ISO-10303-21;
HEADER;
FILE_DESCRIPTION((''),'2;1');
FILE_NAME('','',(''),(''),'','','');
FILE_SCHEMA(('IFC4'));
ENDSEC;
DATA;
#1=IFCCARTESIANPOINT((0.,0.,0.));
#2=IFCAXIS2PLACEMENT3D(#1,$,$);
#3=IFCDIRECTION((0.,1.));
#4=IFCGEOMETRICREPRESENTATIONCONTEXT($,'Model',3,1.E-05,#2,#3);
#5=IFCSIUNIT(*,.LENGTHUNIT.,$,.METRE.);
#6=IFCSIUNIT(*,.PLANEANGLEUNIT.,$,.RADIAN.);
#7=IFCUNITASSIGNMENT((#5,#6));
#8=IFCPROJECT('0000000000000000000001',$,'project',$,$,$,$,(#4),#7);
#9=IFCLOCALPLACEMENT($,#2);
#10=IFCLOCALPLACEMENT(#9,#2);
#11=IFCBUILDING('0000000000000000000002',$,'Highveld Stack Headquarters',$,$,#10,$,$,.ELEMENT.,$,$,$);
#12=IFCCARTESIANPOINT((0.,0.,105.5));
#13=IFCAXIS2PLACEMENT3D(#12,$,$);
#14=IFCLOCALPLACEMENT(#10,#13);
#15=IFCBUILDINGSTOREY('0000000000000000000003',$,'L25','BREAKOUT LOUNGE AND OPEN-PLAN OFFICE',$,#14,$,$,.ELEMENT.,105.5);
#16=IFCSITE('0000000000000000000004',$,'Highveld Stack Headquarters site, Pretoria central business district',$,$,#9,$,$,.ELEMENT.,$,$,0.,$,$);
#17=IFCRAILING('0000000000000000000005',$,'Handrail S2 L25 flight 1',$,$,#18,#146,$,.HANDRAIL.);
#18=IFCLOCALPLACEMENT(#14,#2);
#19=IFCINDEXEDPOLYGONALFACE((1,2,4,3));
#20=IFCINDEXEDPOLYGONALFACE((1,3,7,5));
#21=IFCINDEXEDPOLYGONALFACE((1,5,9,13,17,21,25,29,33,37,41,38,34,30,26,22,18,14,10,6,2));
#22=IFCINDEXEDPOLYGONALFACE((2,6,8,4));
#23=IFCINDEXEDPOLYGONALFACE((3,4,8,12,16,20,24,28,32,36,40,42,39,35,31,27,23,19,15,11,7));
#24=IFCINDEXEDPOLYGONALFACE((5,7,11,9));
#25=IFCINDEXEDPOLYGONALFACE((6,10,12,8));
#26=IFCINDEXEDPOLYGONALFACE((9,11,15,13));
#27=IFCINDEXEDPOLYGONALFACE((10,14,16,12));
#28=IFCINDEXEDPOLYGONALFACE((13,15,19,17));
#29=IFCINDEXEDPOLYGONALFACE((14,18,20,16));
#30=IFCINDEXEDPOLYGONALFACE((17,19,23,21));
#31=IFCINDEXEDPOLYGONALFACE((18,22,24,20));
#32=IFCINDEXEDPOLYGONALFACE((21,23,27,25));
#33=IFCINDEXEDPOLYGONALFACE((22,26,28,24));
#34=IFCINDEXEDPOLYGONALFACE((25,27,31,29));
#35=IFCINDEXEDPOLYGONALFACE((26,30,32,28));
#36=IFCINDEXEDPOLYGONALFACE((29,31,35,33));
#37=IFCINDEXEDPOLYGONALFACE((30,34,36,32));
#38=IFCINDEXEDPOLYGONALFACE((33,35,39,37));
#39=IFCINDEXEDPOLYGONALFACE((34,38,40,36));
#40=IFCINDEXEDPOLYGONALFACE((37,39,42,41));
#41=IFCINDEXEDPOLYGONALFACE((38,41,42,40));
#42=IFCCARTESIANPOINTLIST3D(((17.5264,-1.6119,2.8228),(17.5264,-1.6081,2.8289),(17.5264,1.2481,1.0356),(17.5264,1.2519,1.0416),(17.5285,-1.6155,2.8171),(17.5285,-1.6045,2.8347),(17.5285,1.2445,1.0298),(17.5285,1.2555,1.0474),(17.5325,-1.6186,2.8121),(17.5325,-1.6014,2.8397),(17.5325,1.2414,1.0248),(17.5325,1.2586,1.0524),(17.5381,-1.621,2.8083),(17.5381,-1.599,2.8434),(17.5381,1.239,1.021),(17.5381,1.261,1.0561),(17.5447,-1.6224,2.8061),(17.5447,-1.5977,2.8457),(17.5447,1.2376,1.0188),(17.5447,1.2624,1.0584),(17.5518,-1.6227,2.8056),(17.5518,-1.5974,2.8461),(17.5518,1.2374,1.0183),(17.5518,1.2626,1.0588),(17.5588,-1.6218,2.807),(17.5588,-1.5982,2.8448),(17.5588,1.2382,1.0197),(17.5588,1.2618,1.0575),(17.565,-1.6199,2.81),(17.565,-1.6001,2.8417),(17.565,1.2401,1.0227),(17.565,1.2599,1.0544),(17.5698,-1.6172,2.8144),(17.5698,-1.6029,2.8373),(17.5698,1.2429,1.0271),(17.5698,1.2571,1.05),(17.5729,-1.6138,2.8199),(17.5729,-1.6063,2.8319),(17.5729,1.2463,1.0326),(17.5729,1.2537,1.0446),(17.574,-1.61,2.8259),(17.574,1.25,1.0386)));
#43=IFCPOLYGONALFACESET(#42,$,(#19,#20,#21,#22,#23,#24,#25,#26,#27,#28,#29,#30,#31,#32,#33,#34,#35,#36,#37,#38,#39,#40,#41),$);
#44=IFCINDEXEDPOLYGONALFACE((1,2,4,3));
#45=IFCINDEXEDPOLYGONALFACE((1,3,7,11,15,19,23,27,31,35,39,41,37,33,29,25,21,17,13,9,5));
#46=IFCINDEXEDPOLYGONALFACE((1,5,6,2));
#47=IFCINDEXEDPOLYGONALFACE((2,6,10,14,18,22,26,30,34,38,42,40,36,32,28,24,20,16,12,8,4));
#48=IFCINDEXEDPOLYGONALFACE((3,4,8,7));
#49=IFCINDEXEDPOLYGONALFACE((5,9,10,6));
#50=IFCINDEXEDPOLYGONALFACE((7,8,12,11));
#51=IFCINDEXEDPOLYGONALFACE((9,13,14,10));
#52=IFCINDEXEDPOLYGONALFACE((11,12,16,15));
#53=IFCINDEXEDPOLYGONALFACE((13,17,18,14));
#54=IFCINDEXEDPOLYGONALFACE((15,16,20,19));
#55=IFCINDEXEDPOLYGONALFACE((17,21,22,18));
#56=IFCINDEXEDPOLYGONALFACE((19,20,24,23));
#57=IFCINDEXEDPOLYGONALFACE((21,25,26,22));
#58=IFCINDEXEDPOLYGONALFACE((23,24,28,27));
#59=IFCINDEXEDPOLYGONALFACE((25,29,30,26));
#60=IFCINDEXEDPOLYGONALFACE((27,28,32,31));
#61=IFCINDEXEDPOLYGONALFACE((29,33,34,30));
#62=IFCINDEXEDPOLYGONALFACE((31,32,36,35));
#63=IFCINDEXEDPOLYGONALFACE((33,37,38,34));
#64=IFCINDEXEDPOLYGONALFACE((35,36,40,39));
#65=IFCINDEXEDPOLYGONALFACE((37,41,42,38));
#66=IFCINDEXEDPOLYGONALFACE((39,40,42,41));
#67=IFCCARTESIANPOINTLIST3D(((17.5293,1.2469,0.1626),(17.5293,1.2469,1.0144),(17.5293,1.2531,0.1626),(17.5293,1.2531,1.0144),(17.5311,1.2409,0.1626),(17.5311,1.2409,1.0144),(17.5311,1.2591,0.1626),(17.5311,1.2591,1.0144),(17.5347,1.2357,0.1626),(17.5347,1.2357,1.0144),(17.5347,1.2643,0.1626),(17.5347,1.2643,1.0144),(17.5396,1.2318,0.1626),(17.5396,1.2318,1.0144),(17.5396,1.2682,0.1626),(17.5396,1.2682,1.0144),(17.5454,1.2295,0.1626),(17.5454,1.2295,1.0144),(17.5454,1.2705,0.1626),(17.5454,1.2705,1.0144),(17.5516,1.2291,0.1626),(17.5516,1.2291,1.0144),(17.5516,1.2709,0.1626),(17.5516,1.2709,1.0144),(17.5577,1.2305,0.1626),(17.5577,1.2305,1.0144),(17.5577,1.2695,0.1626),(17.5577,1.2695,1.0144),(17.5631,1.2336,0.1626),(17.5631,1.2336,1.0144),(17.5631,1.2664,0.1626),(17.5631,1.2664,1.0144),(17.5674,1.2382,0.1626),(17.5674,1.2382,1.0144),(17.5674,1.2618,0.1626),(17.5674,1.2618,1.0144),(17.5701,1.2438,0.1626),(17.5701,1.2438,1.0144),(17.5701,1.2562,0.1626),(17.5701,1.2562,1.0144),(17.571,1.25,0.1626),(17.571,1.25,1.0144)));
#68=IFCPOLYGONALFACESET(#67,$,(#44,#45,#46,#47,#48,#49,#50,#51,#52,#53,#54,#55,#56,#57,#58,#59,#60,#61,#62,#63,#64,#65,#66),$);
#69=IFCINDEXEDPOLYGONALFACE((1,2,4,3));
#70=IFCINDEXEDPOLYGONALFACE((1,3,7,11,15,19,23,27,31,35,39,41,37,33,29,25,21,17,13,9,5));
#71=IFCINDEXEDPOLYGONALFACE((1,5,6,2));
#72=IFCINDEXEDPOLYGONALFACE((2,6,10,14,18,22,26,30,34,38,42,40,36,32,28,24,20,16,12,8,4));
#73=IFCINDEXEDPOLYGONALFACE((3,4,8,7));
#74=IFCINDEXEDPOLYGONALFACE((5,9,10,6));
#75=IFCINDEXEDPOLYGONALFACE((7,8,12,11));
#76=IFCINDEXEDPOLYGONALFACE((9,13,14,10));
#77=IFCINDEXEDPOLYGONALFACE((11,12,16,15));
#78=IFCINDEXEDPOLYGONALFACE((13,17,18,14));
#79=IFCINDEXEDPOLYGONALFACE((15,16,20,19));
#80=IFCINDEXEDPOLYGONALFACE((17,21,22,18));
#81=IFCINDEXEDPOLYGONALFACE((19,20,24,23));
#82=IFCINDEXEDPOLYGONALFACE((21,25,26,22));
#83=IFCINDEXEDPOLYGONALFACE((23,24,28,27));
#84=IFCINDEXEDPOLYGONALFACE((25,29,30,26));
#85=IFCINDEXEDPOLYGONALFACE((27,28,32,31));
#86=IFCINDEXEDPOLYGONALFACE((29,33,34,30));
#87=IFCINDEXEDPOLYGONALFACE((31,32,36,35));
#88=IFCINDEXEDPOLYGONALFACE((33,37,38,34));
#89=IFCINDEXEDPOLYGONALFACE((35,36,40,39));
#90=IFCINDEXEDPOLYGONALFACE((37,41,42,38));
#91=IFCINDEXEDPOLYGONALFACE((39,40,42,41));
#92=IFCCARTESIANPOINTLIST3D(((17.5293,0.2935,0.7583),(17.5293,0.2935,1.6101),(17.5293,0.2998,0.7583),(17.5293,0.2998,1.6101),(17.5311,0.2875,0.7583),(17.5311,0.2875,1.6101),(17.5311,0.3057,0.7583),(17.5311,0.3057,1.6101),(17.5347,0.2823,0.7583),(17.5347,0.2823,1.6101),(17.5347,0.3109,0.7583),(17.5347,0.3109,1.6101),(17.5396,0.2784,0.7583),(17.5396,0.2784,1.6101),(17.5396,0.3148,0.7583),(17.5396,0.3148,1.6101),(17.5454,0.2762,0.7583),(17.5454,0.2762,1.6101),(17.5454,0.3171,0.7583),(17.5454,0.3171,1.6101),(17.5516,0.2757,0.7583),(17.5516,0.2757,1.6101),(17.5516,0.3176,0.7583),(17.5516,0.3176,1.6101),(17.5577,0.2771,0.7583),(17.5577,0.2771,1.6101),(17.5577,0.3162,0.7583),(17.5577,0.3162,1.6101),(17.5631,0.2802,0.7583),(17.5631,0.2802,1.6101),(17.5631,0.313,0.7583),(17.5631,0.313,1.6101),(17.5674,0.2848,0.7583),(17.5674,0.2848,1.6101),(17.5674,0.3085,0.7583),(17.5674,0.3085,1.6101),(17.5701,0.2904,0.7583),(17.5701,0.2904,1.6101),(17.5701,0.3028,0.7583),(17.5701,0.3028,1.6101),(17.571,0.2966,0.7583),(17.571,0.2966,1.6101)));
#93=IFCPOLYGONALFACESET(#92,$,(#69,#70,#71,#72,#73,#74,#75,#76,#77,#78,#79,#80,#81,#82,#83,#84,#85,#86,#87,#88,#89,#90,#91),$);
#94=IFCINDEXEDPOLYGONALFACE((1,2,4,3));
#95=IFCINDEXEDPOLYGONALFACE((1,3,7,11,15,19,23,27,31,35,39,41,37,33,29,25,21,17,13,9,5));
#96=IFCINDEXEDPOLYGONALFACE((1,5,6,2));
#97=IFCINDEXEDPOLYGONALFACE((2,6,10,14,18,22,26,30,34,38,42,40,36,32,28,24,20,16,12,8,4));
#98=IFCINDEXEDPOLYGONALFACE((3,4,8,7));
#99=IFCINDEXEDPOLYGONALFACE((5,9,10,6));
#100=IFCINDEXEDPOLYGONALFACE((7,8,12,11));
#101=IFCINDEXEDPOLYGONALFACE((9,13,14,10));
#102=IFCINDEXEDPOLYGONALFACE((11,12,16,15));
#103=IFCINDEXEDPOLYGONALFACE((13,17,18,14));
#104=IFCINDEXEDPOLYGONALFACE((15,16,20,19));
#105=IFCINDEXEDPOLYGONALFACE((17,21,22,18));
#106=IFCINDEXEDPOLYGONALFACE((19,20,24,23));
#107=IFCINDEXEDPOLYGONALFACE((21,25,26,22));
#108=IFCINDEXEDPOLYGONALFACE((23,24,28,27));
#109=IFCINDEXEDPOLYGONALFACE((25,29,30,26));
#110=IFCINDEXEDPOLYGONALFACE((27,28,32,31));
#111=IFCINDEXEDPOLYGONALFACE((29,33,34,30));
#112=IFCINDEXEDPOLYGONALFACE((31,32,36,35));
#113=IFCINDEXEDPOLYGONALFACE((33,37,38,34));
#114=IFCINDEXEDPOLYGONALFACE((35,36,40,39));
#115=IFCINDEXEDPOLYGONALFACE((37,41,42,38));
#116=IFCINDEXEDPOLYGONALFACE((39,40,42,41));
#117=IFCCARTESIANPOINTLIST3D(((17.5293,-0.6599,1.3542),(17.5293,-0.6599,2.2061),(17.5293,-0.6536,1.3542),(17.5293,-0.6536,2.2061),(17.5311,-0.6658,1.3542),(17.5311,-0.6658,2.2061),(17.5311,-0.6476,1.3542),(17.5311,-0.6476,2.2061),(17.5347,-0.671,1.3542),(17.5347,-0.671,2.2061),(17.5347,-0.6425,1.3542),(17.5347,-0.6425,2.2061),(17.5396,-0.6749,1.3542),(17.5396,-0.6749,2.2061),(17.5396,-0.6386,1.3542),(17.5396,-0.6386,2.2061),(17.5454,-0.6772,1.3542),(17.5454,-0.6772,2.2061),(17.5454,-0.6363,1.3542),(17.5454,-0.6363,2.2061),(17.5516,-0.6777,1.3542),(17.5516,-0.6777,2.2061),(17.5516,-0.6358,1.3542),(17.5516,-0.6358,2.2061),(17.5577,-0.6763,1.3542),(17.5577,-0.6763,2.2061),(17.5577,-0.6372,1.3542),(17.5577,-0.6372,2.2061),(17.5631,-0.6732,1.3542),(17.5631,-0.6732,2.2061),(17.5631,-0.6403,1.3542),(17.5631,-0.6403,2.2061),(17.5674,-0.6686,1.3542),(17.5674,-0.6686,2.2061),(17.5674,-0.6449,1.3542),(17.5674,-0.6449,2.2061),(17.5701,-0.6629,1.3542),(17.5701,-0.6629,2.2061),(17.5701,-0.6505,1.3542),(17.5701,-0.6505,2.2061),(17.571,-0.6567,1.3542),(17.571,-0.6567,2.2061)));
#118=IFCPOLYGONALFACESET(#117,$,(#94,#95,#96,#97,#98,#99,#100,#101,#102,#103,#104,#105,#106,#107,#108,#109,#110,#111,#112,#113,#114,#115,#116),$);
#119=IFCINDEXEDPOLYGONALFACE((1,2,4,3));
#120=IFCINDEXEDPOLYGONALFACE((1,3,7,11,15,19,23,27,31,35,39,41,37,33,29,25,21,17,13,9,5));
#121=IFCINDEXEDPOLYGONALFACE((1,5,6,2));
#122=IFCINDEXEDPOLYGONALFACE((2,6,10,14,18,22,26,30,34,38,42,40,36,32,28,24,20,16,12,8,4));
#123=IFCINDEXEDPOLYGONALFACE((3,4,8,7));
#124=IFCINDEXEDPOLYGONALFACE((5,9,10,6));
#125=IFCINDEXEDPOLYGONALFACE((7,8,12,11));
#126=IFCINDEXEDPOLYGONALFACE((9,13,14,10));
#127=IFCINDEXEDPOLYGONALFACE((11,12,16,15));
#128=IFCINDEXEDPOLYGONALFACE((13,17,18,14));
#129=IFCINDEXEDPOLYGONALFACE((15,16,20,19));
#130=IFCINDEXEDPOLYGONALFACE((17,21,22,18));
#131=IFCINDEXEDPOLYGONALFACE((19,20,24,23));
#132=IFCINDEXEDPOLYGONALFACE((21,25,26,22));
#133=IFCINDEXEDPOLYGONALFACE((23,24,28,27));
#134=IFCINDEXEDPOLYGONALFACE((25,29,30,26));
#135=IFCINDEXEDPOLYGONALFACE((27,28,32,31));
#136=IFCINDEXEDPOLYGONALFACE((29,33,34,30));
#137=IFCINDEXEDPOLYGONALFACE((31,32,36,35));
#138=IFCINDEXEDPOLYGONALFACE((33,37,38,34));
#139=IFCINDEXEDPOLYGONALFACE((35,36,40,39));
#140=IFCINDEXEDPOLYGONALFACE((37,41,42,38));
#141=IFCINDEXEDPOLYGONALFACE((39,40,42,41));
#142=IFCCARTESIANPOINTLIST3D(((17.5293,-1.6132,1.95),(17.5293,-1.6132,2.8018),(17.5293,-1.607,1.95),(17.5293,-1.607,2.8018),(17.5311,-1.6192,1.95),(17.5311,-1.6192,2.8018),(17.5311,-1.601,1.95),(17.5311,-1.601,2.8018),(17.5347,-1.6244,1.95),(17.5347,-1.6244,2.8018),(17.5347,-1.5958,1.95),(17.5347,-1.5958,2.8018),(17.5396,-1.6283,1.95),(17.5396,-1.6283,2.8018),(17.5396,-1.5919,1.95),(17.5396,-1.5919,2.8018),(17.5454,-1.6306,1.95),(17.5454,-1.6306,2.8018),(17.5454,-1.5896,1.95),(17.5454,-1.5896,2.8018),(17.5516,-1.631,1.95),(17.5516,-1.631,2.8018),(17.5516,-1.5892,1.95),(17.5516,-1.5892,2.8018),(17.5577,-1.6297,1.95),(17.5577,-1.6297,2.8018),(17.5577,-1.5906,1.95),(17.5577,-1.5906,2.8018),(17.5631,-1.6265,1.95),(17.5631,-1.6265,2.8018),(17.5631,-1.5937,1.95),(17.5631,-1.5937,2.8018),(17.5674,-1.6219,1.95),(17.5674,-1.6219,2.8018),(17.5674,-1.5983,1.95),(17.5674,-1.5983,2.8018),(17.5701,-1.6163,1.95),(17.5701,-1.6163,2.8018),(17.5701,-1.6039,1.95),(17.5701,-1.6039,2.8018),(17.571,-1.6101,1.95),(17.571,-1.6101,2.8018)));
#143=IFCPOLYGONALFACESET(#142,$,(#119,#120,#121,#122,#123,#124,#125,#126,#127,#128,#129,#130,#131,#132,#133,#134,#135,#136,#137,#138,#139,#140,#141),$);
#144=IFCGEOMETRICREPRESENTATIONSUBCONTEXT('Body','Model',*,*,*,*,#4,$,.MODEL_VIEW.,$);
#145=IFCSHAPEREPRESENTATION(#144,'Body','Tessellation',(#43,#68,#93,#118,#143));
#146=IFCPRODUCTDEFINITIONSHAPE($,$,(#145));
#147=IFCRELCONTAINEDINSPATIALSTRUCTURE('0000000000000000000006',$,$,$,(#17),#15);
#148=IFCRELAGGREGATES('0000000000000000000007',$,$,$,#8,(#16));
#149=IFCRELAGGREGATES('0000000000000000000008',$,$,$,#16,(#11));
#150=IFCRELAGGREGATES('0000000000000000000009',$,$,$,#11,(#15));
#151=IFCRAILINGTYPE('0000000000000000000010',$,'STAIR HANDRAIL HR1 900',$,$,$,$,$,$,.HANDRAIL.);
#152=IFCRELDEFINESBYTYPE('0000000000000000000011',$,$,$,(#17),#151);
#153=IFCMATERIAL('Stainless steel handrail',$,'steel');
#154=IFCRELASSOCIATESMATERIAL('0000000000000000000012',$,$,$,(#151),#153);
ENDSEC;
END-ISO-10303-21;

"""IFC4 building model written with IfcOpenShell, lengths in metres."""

from ifc_helpers import new_model, si_unit, direction, frame, origin, origin_2d, place, context, subcontext, project, spatial, circle, extrude, material, type_object, element, save


model = new_model("IFC4")

# Units and contexts
model_context = context("Model", 3, precision=1e-05, world=origin(), true_north=direction((0.0, 1.0)))
body_context = subcontext(model_context, "Body", "Model", "MODEL_VIEW")
ifc_project = project(units=[si_unit("LENGTHUNIT", "METRE"), si_unit("PLANEANGLEUNIT", "RADIAN")], contexts=[model_context])

# Site, building, storey
site_placement = place(None, origin())
site = spatial("IfcSite", under=ifc_project, at=site_placement, Name="Highveld Stack Headquarters site, Pretoria central business district", CompositionType="ELEMENT", RefElevation=0.0)
building_placement = place(site_placement, origin())
building = spatial("IfcBuilding", under=site, at=building_placement, Name="Highveld Stack Headquarters", CompositionType="ELEMENT")
storey_placement = place(building_placement, frame((0.0, 0.0, 105.5)))
storey = spatial("IfcBuildingStorey", under=building, at=storey_placement, Name="L25", Description="BREAKOUT LOUNGE AND OPEN-PLAN OFFICE", CompositionType="ELEMENT", Elevation=105.5)

# Railing
ifc_material_1 = material(Name="Stainless steel handrail", Category="steel")
railing_type = type_object("IfcRailingType", Name="STAIR HANDRAIL HR1 900", PredefinedType="HANDRAIL", material=ifc_material_1)
for number, where, name in (
    (1, (17.55, 1.25, 0.1626), "Handrail S2 L25 flight 1"),
):
    element("IfcRailing", number, at=place(storey_placement, frame(where)), inside=storey, type_object=railing_type, Name=name, PredefinedType="HANDRAIL", context=body_context, shape_type="SweptSolid", body=[
        extrude(circle(Radius=0.0239, at=origin_2d()), frame((0.0, 0.0, 0.876), z_axis=(0.0, -0.848027, 0.529953), x_axis=(1.0, 0.0, 0.0)), (0.0, 0.0, 1.0), 3.3726),
        extrude(circle(Radius=0.021, at=origin_2d()), origin(), (0.0, 0.0, 1.0), 0.8518),
        extrude(circle(Radius=0.021, at=origin_2d()), frame((0.0, -0.9534, 0.5957)), (0.0, 0.0, 1.0), 0.8518),
        extrude(circle(Radius=0.021, at=origin_2d()), frame((0.0, -1.9067, 1.1917)), (0.0, 0.0, 1.0), 0.8518),
        extrude(circle(Radius=0.021, at=origin_2d()), frame((0.0, -2.8601, 1.7874)), (0.0, 0.0, 1.0), 0.8518),
    ])

save(model, "model.ifc")
